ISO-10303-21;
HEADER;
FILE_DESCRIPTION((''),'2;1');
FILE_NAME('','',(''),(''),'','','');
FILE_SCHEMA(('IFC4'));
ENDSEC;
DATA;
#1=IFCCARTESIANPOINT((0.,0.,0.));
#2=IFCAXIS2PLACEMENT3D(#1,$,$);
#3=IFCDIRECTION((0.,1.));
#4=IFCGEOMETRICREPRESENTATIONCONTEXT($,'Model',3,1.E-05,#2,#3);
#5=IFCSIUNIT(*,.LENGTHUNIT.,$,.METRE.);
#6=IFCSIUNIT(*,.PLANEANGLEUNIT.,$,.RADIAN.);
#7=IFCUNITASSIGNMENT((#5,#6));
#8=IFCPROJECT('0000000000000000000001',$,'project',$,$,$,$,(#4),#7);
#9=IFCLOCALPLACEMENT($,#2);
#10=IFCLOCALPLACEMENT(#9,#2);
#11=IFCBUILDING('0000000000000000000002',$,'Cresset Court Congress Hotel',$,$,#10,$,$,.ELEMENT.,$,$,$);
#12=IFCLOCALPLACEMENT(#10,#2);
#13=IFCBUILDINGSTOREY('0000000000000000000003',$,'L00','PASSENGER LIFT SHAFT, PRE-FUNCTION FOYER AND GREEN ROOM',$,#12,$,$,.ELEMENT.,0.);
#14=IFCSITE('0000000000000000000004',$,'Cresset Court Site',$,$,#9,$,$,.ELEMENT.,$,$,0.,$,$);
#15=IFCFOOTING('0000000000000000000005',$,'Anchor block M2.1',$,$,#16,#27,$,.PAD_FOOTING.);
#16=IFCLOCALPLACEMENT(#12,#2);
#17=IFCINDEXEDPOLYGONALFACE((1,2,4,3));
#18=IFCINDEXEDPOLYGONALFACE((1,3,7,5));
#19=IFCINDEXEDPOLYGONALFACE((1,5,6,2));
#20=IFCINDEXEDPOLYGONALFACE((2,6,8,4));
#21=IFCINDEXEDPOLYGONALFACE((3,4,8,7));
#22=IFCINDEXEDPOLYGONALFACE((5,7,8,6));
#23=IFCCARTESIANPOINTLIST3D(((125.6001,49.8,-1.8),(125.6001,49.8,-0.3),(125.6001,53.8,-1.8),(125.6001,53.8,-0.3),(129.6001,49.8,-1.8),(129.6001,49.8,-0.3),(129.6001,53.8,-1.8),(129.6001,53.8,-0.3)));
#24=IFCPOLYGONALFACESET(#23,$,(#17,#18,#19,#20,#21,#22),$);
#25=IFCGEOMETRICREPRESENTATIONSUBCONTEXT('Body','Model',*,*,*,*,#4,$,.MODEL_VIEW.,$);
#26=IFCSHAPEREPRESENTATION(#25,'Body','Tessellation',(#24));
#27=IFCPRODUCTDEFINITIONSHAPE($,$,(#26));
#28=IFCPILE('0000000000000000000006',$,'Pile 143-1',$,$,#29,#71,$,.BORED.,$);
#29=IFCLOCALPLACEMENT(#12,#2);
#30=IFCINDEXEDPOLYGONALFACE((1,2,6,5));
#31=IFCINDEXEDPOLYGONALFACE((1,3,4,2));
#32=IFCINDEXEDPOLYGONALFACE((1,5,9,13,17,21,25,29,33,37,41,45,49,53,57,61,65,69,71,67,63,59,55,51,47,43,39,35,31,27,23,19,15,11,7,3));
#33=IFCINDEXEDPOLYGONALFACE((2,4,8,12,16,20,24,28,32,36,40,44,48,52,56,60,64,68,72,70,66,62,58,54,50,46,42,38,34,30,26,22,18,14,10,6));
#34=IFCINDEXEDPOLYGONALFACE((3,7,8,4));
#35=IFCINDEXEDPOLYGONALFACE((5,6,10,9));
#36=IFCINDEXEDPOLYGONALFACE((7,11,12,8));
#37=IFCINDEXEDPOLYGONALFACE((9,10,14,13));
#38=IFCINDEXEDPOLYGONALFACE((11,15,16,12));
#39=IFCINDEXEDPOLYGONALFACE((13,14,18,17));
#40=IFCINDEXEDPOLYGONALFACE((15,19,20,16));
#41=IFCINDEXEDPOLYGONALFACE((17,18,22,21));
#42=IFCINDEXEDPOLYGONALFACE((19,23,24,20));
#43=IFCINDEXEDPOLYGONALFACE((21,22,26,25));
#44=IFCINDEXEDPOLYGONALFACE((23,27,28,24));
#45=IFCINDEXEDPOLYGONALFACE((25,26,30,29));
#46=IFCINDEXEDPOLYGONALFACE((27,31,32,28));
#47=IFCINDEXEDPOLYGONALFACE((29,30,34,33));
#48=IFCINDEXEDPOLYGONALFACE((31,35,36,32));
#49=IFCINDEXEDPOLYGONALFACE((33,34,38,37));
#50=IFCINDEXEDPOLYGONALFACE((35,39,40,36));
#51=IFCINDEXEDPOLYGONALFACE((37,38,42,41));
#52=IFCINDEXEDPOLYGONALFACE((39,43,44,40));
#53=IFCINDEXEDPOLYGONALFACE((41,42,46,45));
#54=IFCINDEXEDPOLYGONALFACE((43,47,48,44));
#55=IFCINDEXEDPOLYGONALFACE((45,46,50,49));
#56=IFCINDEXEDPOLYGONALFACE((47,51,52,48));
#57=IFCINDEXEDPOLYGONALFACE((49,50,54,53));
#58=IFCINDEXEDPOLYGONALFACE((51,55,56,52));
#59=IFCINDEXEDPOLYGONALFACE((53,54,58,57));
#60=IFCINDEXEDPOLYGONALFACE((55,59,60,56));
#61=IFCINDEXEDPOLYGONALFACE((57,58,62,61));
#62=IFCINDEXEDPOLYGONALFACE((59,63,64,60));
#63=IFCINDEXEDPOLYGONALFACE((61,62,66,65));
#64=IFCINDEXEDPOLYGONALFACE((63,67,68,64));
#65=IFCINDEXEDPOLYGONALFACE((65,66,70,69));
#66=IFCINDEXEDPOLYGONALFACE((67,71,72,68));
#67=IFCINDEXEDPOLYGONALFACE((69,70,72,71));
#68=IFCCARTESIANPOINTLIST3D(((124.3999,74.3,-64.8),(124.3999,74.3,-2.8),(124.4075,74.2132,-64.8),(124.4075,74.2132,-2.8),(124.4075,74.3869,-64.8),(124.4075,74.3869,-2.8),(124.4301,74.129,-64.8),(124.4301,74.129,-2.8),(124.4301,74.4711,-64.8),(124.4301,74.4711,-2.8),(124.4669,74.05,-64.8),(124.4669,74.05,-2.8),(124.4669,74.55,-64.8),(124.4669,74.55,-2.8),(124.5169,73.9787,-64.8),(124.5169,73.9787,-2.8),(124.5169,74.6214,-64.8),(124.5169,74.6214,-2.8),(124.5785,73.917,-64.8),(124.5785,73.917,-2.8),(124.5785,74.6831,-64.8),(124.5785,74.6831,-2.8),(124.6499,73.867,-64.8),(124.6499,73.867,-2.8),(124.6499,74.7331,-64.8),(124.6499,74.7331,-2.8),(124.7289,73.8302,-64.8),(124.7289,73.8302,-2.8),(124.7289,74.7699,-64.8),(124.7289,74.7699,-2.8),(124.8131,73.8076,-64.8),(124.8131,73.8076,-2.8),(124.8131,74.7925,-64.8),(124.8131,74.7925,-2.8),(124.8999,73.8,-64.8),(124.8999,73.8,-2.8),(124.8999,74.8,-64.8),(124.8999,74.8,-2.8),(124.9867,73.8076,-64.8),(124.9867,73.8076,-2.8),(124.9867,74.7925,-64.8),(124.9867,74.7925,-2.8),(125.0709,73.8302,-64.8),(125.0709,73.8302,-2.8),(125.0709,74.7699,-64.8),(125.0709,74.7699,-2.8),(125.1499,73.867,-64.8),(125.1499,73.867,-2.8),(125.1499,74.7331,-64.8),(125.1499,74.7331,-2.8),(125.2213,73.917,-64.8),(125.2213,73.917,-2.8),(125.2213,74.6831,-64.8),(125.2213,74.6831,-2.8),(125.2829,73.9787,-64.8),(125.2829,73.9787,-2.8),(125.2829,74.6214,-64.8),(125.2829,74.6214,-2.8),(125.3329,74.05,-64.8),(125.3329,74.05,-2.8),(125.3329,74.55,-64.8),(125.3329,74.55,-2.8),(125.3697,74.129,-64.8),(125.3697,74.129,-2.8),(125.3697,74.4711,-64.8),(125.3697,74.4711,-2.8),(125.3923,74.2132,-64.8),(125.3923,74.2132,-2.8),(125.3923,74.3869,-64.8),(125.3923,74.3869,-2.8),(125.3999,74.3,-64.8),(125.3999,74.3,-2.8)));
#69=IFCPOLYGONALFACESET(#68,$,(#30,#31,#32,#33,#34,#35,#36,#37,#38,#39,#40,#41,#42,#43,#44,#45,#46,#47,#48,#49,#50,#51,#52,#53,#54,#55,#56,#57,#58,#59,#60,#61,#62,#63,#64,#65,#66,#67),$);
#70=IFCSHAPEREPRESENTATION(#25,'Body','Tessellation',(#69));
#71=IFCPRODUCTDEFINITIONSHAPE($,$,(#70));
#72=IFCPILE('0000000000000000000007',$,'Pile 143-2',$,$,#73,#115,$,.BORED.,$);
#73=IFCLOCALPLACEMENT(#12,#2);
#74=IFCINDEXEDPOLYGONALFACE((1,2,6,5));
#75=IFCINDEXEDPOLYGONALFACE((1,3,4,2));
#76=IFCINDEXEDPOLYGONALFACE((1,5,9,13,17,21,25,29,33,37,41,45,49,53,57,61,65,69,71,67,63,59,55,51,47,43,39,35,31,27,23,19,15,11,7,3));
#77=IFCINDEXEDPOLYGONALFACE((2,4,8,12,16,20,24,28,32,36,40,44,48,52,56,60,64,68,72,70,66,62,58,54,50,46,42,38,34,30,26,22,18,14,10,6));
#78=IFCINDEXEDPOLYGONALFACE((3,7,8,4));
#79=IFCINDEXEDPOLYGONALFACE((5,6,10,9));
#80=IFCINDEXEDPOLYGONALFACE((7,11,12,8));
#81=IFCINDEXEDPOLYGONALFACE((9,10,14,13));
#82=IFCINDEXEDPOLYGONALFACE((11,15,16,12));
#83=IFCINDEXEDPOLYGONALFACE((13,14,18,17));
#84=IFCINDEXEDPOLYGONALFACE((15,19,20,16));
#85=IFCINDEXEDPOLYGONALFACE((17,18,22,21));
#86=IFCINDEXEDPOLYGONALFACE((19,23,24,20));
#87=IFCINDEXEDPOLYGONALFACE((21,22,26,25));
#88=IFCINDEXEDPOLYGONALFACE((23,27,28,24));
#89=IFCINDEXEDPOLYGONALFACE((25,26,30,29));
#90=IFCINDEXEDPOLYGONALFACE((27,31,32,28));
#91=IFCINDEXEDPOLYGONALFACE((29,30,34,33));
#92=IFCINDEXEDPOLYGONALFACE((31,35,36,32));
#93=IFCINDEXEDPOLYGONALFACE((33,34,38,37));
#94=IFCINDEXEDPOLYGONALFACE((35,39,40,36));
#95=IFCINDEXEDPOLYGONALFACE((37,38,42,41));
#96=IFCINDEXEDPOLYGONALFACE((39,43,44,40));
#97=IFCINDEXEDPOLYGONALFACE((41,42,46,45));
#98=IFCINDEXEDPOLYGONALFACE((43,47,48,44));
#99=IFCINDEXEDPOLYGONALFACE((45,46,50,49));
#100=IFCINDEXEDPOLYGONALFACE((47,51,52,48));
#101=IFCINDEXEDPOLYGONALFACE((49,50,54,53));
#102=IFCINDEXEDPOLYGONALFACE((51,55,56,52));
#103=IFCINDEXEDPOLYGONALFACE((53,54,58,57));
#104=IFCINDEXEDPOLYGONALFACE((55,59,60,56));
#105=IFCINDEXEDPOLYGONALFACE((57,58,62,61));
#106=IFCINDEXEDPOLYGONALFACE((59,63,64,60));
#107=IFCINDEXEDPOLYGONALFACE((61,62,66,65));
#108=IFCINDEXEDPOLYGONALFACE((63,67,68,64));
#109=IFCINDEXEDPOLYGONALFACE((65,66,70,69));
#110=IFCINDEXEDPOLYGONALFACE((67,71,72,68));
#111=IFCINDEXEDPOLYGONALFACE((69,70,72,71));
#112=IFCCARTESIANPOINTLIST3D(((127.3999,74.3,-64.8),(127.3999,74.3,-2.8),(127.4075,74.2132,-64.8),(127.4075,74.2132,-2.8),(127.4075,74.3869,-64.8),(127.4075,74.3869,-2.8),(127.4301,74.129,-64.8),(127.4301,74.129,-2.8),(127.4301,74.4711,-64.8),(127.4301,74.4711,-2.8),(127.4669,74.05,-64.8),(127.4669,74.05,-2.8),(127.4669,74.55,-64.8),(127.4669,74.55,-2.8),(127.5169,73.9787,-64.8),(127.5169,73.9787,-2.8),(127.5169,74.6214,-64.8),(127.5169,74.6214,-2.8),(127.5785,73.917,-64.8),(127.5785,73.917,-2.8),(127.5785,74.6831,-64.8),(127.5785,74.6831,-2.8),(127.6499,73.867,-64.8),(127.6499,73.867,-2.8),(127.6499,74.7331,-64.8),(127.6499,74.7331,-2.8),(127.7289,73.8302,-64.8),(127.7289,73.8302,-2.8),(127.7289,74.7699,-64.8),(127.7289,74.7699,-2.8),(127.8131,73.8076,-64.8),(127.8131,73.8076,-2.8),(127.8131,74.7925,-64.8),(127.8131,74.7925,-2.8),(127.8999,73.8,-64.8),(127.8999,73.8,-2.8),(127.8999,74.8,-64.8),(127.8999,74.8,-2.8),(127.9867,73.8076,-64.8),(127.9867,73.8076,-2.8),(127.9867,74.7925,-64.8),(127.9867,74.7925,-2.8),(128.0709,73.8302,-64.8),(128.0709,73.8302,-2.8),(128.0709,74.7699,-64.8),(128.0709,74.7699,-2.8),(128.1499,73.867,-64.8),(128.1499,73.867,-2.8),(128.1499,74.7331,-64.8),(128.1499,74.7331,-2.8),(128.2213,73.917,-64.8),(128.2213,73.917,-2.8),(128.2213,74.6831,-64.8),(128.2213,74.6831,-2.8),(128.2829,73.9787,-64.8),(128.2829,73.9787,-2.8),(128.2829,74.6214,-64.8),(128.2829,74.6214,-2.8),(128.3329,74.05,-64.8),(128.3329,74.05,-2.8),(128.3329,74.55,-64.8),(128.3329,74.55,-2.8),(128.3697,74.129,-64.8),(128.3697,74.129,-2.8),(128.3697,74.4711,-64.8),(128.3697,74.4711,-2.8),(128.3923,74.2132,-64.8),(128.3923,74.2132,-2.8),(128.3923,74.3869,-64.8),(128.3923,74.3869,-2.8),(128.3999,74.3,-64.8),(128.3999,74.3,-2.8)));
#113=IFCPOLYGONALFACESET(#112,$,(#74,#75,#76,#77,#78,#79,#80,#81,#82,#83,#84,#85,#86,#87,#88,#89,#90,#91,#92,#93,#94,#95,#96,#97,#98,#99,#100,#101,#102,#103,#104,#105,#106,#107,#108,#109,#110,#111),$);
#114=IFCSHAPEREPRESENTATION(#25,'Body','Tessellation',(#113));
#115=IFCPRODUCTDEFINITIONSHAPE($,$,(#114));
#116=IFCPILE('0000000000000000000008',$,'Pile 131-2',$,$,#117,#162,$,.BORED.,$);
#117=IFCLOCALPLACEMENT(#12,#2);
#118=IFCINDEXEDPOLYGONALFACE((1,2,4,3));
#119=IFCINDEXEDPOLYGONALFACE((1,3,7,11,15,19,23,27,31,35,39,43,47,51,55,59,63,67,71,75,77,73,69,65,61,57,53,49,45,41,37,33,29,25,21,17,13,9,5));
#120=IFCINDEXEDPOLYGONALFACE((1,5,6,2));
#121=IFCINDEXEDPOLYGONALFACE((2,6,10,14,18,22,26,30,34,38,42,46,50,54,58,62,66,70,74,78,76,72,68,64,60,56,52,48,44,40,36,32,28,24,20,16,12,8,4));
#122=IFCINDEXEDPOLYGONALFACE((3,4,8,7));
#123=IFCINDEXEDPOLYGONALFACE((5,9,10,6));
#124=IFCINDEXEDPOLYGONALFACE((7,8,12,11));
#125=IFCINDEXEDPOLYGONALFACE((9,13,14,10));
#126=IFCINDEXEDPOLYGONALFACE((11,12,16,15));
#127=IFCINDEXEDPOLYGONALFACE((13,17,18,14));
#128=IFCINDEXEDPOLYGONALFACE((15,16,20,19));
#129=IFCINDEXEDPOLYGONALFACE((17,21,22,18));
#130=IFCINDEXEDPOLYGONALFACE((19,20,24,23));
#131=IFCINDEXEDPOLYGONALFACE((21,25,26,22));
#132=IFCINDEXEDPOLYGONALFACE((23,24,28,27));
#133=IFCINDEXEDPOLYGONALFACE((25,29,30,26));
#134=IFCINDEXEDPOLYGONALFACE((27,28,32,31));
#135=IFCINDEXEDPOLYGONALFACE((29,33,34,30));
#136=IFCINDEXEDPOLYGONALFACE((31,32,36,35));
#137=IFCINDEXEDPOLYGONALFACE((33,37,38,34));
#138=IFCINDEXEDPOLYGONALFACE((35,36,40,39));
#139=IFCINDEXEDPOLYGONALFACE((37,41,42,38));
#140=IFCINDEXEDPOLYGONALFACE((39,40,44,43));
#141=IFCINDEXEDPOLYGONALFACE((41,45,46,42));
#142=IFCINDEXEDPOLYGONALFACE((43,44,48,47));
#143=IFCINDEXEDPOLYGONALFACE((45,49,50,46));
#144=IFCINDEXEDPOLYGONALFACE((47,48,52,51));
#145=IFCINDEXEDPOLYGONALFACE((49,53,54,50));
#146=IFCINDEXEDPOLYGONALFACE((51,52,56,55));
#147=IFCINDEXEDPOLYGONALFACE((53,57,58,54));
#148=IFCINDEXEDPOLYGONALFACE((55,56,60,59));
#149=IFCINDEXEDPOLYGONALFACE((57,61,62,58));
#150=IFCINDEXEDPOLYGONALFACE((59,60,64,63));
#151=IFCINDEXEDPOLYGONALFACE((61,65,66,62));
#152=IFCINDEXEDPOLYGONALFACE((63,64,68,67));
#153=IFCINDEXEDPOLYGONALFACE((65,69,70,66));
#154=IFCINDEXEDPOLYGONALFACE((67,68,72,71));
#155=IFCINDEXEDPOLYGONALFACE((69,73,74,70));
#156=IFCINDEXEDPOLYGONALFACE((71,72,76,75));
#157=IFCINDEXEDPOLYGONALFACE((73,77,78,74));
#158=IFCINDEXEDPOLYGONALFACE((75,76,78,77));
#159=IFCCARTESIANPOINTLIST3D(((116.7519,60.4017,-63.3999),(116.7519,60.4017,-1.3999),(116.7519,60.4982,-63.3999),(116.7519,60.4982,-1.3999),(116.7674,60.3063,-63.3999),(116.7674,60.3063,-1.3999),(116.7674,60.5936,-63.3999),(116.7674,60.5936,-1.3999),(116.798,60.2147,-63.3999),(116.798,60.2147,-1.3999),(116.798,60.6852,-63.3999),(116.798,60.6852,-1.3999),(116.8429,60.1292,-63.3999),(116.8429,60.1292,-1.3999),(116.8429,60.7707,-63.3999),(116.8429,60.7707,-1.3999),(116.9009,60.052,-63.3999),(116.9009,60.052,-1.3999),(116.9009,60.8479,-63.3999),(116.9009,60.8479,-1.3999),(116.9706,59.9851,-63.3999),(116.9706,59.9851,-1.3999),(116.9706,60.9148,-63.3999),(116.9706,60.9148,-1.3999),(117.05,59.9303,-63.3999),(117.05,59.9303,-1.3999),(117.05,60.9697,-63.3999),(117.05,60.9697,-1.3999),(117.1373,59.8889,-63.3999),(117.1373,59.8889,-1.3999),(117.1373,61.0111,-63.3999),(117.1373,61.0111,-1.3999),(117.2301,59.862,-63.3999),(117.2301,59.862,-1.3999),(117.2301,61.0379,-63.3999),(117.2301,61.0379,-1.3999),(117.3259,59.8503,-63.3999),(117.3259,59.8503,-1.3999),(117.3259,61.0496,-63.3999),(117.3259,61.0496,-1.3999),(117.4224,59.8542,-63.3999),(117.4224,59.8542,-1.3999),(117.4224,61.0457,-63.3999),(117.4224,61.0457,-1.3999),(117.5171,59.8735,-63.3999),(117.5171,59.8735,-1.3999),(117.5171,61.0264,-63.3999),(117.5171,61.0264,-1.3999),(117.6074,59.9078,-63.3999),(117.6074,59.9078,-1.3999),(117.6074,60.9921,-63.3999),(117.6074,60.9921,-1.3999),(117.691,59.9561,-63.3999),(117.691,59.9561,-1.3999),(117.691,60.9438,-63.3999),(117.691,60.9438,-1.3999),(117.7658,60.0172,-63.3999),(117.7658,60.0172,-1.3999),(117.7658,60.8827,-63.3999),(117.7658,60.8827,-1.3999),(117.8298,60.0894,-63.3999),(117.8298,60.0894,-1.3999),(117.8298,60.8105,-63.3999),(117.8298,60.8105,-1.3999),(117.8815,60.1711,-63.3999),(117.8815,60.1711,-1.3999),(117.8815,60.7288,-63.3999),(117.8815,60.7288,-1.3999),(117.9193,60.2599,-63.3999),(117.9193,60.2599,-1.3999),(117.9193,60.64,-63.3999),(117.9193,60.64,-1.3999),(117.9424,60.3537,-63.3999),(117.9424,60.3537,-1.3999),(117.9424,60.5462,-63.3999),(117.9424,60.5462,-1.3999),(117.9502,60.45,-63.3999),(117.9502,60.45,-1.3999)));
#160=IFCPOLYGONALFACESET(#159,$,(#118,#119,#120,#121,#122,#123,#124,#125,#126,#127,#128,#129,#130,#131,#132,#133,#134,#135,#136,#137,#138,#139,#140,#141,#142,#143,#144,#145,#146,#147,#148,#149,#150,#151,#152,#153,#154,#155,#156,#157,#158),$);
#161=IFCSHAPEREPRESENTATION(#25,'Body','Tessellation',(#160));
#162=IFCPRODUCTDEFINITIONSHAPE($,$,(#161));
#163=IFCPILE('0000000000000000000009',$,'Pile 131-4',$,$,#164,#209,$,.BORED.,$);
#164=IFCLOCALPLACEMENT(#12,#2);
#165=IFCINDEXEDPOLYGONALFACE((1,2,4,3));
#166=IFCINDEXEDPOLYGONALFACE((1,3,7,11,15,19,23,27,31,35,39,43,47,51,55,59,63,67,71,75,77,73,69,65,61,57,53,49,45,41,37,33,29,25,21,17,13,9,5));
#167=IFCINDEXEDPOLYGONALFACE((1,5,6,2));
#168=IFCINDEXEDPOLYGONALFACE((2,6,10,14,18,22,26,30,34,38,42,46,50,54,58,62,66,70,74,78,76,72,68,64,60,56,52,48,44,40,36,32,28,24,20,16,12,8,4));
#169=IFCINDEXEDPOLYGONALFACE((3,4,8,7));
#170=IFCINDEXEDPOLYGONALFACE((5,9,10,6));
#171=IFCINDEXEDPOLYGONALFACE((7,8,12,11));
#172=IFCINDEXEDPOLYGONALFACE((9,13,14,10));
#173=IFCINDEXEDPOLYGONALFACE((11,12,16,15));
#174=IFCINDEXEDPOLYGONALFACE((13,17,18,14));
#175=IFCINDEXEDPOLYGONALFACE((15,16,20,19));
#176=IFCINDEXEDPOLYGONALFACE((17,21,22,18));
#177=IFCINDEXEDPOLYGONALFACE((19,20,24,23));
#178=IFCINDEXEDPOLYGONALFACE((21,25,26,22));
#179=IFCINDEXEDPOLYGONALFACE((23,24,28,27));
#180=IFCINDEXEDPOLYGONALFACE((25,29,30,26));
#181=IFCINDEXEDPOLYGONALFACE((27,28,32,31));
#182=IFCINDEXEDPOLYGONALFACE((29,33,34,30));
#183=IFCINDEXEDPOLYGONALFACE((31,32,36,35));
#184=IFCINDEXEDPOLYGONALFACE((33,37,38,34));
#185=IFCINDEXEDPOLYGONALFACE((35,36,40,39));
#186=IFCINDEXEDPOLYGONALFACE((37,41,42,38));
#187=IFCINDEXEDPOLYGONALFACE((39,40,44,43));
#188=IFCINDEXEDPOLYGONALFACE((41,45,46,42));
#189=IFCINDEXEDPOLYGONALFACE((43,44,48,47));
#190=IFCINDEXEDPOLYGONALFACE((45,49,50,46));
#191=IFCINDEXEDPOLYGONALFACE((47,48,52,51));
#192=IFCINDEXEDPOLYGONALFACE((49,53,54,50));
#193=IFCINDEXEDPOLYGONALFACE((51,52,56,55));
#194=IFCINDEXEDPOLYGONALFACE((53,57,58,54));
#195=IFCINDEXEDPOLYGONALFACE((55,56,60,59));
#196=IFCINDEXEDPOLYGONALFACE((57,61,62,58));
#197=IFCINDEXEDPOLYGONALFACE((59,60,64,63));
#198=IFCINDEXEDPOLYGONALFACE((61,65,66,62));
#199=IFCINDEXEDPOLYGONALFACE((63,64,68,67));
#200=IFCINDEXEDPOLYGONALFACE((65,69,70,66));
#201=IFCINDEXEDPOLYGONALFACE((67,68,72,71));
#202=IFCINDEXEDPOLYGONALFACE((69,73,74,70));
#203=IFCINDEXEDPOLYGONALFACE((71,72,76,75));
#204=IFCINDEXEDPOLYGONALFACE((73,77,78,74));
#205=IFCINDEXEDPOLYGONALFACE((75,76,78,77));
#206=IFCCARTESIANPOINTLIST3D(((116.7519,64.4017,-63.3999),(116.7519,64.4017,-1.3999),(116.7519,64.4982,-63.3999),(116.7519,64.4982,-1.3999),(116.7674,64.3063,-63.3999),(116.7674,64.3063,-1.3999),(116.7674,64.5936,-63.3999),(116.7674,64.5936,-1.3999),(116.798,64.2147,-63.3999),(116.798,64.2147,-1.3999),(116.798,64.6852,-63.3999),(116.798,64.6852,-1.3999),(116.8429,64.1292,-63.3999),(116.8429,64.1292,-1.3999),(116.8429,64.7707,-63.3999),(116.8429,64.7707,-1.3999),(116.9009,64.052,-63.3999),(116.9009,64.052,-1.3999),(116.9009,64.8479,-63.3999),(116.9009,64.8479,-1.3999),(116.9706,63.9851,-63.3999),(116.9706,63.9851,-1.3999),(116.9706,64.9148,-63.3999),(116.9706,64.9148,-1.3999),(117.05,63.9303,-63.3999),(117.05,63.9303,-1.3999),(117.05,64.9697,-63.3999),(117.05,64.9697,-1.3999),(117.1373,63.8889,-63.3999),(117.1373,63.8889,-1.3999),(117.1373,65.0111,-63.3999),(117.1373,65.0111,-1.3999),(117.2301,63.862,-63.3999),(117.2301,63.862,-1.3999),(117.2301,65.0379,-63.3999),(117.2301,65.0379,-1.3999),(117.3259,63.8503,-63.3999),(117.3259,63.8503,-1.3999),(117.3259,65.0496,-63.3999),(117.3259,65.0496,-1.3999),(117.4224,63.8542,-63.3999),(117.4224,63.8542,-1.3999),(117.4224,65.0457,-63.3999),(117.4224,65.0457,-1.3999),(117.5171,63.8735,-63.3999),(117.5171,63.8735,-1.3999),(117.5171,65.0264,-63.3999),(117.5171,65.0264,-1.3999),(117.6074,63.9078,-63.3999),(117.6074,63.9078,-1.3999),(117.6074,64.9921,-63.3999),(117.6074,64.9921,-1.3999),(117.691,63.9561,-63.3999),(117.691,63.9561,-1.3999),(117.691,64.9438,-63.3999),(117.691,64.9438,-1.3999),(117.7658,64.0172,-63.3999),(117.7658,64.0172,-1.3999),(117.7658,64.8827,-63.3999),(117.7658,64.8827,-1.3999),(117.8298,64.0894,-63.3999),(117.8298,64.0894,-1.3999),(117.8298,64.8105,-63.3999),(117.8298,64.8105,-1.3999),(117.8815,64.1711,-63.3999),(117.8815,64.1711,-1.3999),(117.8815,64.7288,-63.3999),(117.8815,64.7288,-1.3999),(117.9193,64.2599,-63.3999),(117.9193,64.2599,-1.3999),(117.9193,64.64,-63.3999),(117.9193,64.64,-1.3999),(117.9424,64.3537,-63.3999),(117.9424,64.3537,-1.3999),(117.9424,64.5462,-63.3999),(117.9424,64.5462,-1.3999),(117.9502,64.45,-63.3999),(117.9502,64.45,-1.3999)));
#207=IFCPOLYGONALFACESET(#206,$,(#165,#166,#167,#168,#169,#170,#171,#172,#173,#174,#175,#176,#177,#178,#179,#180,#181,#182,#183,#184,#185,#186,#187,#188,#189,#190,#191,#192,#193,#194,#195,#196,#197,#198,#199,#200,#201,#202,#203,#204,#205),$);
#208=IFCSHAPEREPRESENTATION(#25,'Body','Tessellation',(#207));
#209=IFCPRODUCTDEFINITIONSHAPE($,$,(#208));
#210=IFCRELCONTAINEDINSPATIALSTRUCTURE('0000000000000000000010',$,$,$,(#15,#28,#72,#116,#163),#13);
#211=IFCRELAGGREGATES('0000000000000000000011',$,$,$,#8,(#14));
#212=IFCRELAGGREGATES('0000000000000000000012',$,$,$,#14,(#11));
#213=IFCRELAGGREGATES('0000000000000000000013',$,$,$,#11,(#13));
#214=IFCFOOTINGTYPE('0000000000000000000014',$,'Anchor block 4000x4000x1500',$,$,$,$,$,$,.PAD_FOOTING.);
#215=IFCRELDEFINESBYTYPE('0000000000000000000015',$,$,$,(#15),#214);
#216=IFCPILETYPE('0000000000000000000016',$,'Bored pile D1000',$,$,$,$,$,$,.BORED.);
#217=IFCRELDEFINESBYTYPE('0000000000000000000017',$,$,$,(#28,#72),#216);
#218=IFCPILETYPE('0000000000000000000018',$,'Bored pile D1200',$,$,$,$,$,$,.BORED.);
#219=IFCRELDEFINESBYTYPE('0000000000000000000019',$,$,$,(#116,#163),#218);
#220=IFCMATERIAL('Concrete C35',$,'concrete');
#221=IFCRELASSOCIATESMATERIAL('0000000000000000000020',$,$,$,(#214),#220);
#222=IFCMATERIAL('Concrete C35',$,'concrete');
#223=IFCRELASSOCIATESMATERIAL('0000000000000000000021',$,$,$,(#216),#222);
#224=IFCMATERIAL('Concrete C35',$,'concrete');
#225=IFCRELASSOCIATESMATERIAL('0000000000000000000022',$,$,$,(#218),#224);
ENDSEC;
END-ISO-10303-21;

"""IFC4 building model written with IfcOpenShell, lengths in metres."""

from ifc_helpers import new_model, si_unit, direction, frame, origin, origin_2d, place, context, subcontext, project, spatial, rectangle, circle, extrude, material, type_object, element, save


model = new_model("IFC4")

# Units and contexts
model_context = context("Model", 3, precision=1e-05, world=origin(), true_north=direction((0.0, 1.0)))
body_context = subcontext(model_context, "Body", "Model", "MODEL_VIEW")
ifc_project = project(units=[si_unit("LENGTHUNIT", "METRE"), si_unit("PLANEANGLEUNIT", "RADIAN")], contexts=[model_context])

# Site, building, storey
site_placement = place(None, origin())
site = spatial("IfcSite", under=ifc_project, at=site_placement, Name="Cresset Court Site", CompositionType="ELEMENT", RefElevation=0.0)
building_placement = place(site_placement, origin())
building = spatial("IfcBuilding", under=site, at=building_placement, Name="Cresset Court Congress Hotel", CompositionType="ELEMENT")
storey_placement = place(building_placement, origin())
storey = spatial("IfcBuildingStorey", under=building, at=storey_placement, Name="L00", Description="PASSENGER LIFT SHAFT, PRE-FUNCTION FOYER AND GREEN ROOM", CompositionType="ELEMENT", Elevation=0.0)

# Footing
ifc_material_1 = material(Name="Concrete C35", Category="concrete")
footing_type = type_object("IfcFootingType", Name="Anchor block 4000x4000x1500", PredefinedType="PAD_FOOTING", material=ifc_material_1)
footing_placement = place(storey_placement, frame((127.6001, 51.8, -1.8), z_axis=(0.0, 0.0, 1.0), x_axis=(1.0, 0.0, 0.0)))
element("IfcFooting", 1, at=footing_placement, inside=storey, type_object=footing_type, Name="Anchor block M2.1", PredefinedType="PAD_FOOTING", context=body_context, shape_type="SweptSolid", body=[
    extrude(rectangle(XDim=4.0, YDim=4.0, at=origin_2d()), origin(), (0.0, 0.0, 1.0), 1.5),
])

# Piles
ifc_material_2 = material(Name="Concrete C35", Category="concrete")
pile_type_1 = type_object("IfcPileType", Name="Bored pile D1000", PredefinedType="BORED", material=ifc_material_2)
for number, where, z_axis, x_axis, name in (
    (2, (124.8999, 74.3, -2.8), (0.0, 0.0, -1.0), (1.0, 0.0, 0.0), "Pile 143-1"),
    (3, (127.8999, 74.3, -2.8), (0.0, 0.0, -1.0), (1.0, 0.0, 0.0), "Pile 143-2"),
):
    element("IfcPile", number, at=place(storey_placement, frame(where, z_axis=z_axis, x_axis=x_axis)), inside=storey, type_object=pile_type_1, Name=name, PredefinedType="BORED", context=body_context, shape_type="SweptSolid", body=[
        extrude(circle(Radius=0.5, at=origin_2d()), origin(), (0.0, 0.0, 1.0), 62.0),
    ])
ifc_material_3 = material(Name="Concrete C35", Category="concrete")
pile_type_2 = type_object("IfcPileType", Name="Bored pile D1200", PredefinedType="BORED", material=ifc_material_3)
for number, where, z_axis, x_axis, name in (
    (4, (117.3501, 60.45, -1.3999), (0.0, 0.0, -1.0), (1.0, 0.0, 0.0), "Pile 131-2"),
    (5, (117.3501, 64.45, -1.3999), (0.0, 0.0, -1.0), (1.0, 0.0, 0.0), "Pile 131-4"),
):
    element("IfcPile", number, at=place(storey_placement, frame(where, z_axis=z_axis, x_axis=x_axis)), inside=storey, type_object=pile_type_2, Name=name, PredefinedType="BORED", context=body_context, shape_type="SweptSolid", body=[
        extrude(circle(Radius=0.6001, at=origin_2d()), origin(), (0.0, 0.0, 1.0), 62.0),
    ])

save(model, "model.ifc")
